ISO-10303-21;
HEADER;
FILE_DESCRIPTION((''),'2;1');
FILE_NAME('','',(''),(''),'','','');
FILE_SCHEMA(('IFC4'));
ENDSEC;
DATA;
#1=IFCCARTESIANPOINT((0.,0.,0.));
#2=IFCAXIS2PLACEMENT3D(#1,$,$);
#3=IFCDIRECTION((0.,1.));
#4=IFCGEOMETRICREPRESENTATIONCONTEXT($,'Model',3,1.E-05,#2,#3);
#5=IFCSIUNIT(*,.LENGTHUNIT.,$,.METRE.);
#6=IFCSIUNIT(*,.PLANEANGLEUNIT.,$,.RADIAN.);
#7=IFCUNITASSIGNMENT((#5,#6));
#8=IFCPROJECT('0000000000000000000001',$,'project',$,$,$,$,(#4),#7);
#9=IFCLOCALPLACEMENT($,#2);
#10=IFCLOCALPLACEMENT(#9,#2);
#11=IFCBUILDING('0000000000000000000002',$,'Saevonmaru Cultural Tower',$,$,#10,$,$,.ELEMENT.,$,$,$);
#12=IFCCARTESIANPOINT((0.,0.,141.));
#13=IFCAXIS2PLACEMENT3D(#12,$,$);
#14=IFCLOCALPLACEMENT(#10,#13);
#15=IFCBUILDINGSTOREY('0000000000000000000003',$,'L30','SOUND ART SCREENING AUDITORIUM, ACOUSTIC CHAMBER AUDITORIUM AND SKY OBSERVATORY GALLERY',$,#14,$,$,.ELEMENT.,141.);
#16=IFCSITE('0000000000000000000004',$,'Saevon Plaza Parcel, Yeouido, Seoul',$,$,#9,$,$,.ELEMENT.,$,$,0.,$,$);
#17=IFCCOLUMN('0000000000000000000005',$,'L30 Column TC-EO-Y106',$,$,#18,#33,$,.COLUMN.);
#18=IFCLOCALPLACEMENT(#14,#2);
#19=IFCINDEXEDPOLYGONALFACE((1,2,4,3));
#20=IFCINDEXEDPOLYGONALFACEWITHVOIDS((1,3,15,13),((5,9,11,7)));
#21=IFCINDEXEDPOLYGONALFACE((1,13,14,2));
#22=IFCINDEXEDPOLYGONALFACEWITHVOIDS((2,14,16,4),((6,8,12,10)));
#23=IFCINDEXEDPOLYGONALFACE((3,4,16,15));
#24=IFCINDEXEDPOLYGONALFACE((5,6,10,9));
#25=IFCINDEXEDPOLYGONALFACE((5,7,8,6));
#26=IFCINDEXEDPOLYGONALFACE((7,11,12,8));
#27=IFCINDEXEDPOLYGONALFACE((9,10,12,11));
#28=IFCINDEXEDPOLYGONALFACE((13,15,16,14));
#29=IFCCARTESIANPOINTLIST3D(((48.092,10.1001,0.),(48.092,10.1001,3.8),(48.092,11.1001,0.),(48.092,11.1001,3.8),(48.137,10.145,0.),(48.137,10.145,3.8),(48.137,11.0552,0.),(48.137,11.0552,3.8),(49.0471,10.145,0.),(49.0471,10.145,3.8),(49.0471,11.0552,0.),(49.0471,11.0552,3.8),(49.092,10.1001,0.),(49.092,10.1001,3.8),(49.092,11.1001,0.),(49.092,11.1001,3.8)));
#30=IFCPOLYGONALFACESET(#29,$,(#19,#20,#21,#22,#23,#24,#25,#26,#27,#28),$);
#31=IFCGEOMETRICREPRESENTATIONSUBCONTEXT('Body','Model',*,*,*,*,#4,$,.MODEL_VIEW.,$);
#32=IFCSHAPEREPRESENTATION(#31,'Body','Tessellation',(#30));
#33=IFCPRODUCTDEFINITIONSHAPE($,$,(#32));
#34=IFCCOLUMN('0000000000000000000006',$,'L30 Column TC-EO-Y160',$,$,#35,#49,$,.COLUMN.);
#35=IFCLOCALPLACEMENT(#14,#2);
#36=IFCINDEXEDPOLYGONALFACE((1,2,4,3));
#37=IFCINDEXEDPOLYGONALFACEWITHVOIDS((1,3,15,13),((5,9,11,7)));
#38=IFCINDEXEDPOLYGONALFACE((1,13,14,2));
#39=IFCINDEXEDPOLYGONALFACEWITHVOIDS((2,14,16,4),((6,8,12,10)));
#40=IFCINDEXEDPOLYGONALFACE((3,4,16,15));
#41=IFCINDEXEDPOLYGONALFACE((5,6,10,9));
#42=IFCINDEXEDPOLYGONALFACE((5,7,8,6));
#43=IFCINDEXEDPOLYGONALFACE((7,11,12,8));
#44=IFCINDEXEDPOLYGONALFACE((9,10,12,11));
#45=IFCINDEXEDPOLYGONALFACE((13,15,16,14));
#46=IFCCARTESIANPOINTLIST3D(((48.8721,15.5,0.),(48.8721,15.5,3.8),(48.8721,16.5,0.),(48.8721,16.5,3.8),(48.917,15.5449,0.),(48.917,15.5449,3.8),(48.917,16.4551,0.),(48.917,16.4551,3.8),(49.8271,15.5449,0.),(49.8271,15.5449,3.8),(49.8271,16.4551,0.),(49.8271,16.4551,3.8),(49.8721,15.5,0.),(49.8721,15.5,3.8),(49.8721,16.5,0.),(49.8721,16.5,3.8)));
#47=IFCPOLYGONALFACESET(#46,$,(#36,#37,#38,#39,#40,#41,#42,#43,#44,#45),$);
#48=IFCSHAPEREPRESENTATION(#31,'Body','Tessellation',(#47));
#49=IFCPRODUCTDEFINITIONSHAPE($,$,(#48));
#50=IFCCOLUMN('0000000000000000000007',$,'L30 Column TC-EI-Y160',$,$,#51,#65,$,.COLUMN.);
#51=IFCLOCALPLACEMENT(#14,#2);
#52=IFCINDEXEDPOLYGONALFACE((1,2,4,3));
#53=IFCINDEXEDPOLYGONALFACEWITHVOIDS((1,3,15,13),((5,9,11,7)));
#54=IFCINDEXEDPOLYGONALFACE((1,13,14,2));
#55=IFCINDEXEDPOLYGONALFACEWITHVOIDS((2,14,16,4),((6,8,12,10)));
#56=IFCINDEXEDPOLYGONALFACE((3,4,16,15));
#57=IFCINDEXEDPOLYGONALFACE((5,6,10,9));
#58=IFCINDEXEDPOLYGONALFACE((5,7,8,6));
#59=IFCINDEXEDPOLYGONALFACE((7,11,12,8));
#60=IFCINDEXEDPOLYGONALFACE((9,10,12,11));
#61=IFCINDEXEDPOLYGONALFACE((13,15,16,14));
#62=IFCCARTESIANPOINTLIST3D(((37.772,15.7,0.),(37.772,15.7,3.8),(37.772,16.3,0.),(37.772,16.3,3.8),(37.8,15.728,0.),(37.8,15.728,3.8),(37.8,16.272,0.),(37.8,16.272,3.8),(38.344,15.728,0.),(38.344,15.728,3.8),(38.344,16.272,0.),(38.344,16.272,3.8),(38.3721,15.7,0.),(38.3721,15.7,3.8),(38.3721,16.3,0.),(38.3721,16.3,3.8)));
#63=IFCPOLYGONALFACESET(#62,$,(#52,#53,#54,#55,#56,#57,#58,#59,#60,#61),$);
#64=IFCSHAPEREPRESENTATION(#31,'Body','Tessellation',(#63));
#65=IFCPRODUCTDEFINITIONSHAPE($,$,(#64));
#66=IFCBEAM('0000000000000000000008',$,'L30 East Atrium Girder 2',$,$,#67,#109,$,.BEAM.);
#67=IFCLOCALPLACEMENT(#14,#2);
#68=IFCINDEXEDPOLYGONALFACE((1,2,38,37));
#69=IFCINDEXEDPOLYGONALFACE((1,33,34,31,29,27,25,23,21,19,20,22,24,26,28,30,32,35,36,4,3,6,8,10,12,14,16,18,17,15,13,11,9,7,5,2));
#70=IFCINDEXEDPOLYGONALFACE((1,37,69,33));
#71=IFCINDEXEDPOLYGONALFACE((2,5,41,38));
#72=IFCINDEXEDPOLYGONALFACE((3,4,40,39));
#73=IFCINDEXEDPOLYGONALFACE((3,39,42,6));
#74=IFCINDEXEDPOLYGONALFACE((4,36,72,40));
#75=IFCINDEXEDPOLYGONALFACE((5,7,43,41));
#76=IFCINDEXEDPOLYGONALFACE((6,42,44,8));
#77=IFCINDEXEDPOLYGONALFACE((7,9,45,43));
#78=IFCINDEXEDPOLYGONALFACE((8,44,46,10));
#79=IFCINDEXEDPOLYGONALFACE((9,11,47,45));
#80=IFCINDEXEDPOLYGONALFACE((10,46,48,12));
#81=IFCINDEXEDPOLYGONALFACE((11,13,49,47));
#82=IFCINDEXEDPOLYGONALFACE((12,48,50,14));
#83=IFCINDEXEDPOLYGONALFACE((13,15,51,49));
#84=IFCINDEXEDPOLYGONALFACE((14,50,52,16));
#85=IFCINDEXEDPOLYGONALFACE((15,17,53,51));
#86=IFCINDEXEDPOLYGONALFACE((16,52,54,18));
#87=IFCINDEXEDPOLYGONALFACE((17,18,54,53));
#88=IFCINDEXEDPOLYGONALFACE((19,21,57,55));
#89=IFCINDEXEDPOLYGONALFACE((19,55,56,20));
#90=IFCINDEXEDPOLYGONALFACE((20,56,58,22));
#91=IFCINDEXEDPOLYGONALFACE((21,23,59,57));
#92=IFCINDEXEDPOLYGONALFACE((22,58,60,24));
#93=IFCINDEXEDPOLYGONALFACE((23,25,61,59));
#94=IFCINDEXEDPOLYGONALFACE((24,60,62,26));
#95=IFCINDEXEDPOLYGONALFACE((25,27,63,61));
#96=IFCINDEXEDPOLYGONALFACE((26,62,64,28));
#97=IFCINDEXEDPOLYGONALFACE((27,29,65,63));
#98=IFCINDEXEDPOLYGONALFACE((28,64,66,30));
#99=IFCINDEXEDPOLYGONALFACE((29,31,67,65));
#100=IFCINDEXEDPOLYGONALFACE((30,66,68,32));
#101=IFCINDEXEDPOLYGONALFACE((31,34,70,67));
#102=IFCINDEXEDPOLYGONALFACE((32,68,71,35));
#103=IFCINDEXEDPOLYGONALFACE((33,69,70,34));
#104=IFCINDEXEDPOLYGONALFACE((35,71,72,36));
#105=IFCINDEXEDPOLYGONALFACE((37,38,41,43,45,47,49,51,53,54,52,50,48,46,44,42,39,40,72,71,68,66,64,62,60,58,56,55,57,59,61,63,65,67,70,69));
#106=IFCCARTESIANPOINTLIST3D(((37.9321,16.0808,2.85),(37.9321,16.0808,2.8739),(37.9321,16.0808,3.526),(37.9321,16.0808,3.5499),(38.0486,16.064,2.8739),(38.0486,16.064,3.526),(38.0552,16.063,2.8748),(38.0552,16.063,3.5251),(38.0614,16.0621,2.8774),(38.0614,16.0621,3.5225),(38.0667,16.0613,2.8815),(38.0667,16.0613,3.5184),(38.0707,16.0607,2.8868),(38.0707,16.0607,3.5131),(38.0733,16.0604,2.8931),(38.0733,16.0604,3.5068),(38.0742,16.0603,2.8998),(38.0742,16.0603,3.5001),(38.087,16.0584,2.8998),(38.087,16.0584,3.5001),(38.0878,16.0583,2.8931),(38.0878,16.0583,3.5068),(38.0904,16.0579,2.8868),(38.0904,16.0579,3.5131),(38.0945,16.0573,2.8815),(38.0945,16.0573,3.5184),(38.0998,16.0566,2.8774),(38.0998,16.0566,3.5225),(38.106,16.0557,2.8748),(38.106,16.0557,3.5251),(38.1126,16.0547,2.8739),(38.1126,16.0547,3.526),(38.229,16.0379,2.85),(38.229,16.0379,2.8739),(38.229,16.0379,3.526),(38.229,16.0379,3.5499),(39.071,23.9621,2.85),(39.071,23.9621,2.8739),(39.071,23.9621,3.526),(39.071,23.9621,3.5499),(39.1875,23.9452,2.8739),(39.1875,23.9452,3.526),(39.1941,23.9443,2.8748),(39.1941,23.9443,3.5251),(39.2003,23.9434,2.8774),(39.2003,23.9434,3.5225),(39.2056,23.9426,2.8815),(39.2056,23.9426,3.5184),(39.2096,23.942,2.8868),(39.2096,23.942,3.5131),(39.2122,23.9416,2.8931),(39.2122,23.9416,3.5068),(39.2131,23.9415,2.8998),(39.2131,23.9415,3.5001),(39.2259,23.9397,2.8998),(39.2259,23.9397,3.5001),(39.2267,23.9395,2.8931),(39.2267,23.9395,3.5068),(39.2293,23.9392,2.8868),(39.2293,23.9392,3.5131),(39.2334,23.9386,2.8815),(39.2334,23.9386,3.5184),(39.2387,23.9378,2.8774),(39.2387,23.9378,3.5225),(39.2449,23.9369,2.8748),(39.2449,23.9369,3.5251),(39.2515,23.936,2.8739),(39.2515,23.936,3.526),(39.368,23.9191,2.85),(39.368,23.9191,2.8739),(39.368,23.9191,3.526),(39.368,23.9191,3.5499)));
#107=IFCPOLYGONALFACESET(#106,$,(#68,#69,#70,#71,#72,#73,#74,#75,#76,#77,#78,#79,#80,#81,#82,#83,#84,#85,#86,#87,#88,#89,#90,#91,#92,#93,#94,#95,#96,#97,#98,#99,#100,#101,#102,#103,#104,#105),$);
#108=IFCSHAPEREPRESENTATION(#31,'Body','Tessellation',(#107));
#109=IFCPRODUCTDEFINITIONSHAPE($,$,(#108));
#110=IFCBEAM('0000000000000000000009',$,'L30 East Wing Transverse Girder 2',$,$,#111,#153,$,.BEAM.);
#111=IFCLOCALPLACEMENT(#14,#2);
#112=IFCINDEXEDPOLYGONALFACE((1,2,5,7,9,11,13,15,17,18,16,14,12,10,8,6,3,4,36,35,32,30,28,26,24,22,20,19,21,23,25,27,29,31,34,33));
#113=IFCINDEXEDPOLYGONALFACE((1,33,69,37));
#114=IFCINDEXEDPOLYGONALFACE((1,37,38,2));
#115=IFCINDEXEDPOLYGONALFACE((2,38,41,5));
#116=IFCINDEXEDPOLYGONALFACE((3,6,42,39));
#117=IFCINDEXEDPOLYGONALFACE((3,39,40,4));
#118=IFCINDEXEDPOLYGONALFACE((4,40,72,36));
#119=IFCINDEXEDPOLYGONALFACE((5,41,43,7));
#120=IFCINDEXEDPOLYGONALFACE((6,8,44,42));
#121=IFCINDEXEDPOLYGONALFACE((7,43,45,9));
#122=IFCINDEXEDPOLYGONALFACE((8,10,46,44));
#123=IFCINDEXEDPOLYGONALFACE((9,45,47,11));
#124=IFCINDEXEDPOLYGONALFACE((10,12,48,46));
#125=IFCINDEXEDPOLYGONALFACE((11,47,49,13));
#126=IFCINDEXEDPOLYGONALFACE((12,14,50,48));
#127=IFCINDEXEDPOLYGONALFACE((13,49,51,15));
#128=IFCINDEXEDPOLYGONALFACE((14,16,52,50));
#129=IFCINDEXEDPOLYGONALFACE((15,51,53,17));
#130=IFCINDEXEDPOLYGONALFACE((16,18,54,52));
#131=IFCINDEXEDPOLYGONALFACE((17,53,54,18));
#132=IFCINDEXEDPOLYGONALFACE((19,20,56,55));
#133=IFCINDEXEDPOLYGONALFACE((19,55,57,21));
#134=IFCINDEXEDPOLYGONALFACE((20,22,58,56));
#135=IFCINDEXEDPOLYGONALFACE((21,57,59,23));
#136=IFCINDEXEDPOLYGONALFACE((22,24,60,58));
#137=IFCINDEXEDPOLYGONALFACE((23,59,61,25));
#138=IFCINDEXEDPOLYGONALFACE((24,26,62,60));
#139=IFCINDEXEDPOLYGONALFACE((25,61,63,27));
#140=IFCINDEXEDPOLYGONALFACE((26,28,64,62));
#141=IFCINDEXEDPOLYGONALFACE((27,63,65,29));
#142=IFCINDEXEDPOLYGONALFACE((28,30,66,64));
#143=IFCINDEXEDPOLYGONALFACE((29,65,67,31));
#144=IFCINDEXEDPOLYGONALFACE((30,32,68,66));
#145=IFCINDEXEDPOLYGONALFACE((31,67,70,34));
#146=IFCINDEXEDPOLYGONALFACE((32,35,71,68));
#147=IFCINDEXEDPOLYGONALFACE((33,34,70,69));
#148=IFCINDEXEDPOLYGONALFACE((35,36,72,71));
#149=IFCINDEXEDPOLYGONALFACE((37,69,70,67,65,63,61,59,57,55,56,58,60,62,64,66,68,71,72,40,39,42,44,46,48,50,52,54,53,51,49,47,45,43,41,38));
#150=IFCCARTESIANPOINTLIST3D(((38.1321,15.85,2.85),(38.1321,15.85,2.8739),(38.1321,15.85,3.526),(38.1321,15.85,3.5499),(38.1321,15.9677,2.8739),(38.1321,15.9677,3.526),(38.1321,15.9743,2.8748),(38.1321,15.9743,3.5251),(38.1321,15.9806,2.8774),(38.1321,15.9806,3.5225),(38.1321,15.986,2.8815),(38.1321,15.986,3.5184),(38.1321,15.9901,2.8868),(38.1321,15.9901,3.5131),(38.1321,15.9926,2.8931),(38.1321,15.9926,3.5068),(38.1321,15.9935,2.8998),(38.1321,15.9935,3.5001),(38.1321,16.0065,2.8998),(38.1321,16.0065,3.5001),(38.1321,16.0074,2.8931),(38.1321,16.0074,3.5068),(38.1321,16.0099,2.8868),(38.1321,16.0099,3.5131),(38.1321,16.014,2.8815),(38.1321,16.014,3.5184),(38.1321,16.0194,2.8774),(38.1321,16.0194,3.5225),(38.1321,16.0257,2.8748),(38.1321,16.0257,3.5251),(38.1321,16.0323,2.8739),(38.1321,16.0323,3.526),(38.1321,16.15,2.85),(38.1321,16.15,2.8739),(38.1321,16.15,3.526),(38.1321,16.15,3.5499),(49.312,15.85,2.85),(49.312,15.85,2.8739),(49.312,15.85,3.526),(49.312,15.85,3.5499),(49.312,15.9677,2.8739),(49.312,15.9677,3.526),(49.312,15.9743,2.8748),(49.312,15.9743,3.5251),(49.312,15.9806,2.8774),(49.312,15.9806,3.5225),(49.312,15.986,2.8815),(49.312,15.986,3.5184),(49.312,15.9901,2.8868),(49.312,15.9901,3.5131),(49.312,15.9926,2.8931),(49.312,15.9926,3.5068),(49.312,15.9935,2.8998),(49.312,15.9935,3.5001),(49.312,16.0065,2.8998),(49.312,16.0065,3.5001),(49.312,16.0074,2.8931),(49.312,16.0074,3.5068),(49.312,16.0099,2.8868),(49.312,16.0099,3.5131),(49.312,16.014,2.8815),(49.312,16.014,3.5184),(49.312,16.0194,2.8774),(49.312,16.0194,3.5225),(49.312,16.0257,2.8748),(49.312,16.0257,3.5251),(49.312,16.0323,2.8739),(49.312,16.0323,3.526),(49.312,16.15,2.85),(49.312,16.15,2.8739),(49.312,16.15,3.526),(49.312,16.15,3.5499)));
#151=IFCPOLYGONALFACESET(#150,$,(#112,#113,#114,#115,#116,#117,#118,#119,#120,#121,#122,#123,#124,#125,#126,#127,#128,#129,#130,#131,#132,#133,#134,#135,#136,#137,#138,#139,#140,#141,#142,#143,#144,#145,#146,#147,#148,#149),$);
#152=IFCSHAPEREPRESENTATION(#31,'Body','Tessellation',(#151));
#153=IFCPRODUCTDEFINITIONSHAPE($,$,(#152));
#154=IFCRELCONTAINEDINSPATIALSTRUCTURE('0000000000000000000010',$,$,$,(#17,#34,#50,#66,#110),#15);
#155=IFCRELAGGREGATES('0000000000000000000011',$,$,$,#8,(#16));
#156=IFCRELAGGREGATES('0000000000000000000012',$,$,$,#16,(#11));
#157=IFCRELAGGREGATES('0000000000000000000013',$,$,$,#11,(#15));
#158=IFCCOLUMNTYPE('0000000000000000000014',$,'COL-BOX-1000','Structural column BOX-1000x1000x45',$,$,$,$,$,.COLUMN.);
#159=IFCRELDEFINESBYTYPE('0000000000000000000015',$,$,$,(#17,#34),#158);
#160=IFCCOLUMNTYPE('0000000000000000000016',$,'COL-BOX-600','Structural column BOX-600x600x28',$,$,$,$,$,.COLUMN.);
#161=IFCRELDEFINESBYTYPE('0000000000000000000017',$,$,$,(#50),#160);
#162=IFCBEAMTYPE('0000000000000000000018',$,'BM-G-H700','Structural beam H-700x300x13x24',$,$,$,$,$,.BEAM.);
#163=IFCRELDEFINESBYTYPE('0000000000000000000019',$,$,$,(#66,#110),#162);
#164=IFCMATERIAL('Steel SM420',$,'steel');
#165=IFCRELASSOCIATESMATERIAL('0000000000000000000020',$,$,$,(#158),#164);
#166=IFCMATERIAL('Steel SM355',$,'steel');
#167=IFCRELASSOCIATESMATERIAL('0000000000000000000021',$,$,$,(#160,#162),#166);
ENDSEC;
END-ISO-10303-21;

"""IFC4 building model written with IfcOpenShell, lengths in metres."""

from ifc_helpers import new_model, si_unit, direction, frame, origin, origin_2d, place, context, subcontext, project, spatial, hollow_rectangle, i_section, extrude, material, material_profile, profile_set, type_object, element, save


model = new_model("IFC4")

# Units and contexts
model_context = context("Model", 3, precision=1e-05, world=origin(), true_north=direction((0.0, 1.0)))
body_context = subcontext(model_context, "Body", "Model", "MODEL_VIEW")
ifc_project = project(units=[si_unit("LENGTHUNIT", "METRE"), si_unit("PLANEANGLEUNIT", "RADIAN")], contexts=[model_context])

# Site, building, storey
site_placement = place(None, origin())
site = spatial("IfcSite", under=ifc_project, at=site_placement, Name="Saevon Plaza Parcel, Yeouido, Seoul", CompositionType="ELEMENT", RefElevation=0.0)
building_placement = place(site_placement, origin())
building = spatial("IfcBuilding", under=site, at=building_placement, Name="Saevonmaru Cultural Tower", CompositionType="ELEMENT")
storey_placement = place(building_placement, frame((0.0, 0.0, 141.0)))
storey = spatial("IfcBuildingStorey", under=building, at=storey_placement, Name="L30", Description="SOUND ART SCREENING AUDITORIUM, ACOUSTIC CHAMBER AUDITORIUM AND SKY OBSERVATORY GALLERY", CompositionType="ELEMENT", Elevation=141.0)

# Columns
ifc_material_1 = material(Name="Steel SM420", Category="steel")
ifc_material_profile_1 = material_profile(ifc_material_1, hollow_rectangle(XDim=1.0, YDim=1.0, WallThickness=0.0449, at=origin_2d()), Name="BOX-1000x1000x45")
ifc_profile_set_1 = profile_set([ifc_material_profile_1], Name="Steel SM420")
column_type_1 = type_object("IfcColumnType", Name="COL-BOX-1000", Description="Structural column BOX-1000x1000x45", PredefinedType="COLUMN", material=ifc_profile_set_1)
for number, where, z_axis, x_axis, name in (
    (1, (48.592, 10.6001, 0.0), (0.0, 0.0, 1.0), (1.0, 0.0, 0.0), "L30 Column TC-EO-Y106"),
    (2, (49.3721, 16.0, 0.0), (0.0, 0.0, 1.0), (1.0, 0.0, 0.0), "L30 Column TC-EO-Y160"),
):
    element("IfcColumn", number, at=place(storey_placement, frame(where, z_axis=z_axis, x_axis=x_axis)), inside=storey, type_object=column_type_1, Name=name, PredefinedType="COLUMN", context=body_context, shape_type="SweptSolid", body=[
        extrude(hollow_rectangle(XDim=1.0, YDim=1.0, WallThickness=0.0449, at=origin_2d()), origin(), (0.0, 0.0, 1.0), 3.8),
    ])
ifc_material_2 = material(Name="Steel SM355", Category="steel")
ifc_material_profile_2 = material_profile(ifc_material_2, hollow_rectangle(XDim=0.6001, YDim=0.6001, WallThickness=0.0281, at=origin_2d()), Name="BOX-600x600x28")
ifc_profile_set_2 = profile_set([ifc_material_profile_2], Name="Steel SM355")
column_type_2 = type_object("IfcColumnType", Name="COL-BOX-600", Description="Structural column BOX-600x600x28", PredefinedType="COLUMN", material=ifc_profile_set_2)
column_placement = place(storey_placement, frame((38.072, 16.0, 0.0), z_axis=(0.0, 0.0, 1.0), x_axis=(1.0, 0.0, 0.0)))
element("IfcColumn", 3, at=column_placement, inside=storey, type_object=column_type_2, Name="L30 Column TC-EI-Y160", PredefinedType="COLUMN", context=body_context, shape_type="SweptSolid", body=[
    extrude(hollow_rectangle(XDim=0.6001, YDim=0.6001, WallThickness=0.0281, at=origin_2d()), origin(), (0.0, 0.0, 1.0), 3.8),
])

# Beams
ifc_material_profile_3 = material_profile(ifc_material_2, i_section(OverallWidth=0.3, OverallDepth=0.7, WebThickness=0.0129, FlangeThickness=0.0239, FilletRadius=0.0259, at=origin_2d()), Name="H-700x300x13x24")
ifc_profile_set_3 = profile_set([ifc_material_profile_3], Name="Steel SM355")
beam_type_1 = type_object("IfcBeamType", Name="BM-G-H700", Description="Structural beam H-700x300x13x24", PredefinedType="BEAM", material=ifc_profile_set_3)
beam_1_placement = place(storey_placement, frame((38.0806, 16.0593, 3.2), z_axis=(0.143022, 0.989719, 0.0), x_axis=(-0.989719, 0.143022, 0.0)))
element("IfcBeam", 4, at=beam_1_placement, inside=storey, type_object=beam_type_1, Name="L30 East Atrium Girder 2", PredefinedType="BEAM", context=body_context, shape_type="SweptSolid", body=[
    extrude(i_section(OverallWidth=0.3, OverallDepth=0.7, WebThickness=0.0129, FlangeThickness=0.0239, FilletRadius=0.0259, at=origin_2d()), origin(), (0.0, 0.0, 1.0), 7.9631),
])
beam_2_placement = place(storey_placement, frame((38.1321, 16.0, 3.2), z_axis=(1.0, 0.0, 0.0), x_axis=(0.0, 1.0, 0.0)))
element("IfcBeam", 5, at=beam_2_placement, inside=storey, type_object=beam_type_1, Name="L30 East Wing Transverse Girder 2", PredefinedType="BEAM", context=body_context, shape_type="SweptSolid", body=[
    extrude(i_section(OverallWidth=0.3, OverallDepth=0.7, WebThickness=0.0129, FlangeThickness=0.0239, FilletRadius=0.0259, at=origin_2d()), origin(), (0.0, 0.0, 1.0), 11.1799),
])

save(model, "model.ifc")
